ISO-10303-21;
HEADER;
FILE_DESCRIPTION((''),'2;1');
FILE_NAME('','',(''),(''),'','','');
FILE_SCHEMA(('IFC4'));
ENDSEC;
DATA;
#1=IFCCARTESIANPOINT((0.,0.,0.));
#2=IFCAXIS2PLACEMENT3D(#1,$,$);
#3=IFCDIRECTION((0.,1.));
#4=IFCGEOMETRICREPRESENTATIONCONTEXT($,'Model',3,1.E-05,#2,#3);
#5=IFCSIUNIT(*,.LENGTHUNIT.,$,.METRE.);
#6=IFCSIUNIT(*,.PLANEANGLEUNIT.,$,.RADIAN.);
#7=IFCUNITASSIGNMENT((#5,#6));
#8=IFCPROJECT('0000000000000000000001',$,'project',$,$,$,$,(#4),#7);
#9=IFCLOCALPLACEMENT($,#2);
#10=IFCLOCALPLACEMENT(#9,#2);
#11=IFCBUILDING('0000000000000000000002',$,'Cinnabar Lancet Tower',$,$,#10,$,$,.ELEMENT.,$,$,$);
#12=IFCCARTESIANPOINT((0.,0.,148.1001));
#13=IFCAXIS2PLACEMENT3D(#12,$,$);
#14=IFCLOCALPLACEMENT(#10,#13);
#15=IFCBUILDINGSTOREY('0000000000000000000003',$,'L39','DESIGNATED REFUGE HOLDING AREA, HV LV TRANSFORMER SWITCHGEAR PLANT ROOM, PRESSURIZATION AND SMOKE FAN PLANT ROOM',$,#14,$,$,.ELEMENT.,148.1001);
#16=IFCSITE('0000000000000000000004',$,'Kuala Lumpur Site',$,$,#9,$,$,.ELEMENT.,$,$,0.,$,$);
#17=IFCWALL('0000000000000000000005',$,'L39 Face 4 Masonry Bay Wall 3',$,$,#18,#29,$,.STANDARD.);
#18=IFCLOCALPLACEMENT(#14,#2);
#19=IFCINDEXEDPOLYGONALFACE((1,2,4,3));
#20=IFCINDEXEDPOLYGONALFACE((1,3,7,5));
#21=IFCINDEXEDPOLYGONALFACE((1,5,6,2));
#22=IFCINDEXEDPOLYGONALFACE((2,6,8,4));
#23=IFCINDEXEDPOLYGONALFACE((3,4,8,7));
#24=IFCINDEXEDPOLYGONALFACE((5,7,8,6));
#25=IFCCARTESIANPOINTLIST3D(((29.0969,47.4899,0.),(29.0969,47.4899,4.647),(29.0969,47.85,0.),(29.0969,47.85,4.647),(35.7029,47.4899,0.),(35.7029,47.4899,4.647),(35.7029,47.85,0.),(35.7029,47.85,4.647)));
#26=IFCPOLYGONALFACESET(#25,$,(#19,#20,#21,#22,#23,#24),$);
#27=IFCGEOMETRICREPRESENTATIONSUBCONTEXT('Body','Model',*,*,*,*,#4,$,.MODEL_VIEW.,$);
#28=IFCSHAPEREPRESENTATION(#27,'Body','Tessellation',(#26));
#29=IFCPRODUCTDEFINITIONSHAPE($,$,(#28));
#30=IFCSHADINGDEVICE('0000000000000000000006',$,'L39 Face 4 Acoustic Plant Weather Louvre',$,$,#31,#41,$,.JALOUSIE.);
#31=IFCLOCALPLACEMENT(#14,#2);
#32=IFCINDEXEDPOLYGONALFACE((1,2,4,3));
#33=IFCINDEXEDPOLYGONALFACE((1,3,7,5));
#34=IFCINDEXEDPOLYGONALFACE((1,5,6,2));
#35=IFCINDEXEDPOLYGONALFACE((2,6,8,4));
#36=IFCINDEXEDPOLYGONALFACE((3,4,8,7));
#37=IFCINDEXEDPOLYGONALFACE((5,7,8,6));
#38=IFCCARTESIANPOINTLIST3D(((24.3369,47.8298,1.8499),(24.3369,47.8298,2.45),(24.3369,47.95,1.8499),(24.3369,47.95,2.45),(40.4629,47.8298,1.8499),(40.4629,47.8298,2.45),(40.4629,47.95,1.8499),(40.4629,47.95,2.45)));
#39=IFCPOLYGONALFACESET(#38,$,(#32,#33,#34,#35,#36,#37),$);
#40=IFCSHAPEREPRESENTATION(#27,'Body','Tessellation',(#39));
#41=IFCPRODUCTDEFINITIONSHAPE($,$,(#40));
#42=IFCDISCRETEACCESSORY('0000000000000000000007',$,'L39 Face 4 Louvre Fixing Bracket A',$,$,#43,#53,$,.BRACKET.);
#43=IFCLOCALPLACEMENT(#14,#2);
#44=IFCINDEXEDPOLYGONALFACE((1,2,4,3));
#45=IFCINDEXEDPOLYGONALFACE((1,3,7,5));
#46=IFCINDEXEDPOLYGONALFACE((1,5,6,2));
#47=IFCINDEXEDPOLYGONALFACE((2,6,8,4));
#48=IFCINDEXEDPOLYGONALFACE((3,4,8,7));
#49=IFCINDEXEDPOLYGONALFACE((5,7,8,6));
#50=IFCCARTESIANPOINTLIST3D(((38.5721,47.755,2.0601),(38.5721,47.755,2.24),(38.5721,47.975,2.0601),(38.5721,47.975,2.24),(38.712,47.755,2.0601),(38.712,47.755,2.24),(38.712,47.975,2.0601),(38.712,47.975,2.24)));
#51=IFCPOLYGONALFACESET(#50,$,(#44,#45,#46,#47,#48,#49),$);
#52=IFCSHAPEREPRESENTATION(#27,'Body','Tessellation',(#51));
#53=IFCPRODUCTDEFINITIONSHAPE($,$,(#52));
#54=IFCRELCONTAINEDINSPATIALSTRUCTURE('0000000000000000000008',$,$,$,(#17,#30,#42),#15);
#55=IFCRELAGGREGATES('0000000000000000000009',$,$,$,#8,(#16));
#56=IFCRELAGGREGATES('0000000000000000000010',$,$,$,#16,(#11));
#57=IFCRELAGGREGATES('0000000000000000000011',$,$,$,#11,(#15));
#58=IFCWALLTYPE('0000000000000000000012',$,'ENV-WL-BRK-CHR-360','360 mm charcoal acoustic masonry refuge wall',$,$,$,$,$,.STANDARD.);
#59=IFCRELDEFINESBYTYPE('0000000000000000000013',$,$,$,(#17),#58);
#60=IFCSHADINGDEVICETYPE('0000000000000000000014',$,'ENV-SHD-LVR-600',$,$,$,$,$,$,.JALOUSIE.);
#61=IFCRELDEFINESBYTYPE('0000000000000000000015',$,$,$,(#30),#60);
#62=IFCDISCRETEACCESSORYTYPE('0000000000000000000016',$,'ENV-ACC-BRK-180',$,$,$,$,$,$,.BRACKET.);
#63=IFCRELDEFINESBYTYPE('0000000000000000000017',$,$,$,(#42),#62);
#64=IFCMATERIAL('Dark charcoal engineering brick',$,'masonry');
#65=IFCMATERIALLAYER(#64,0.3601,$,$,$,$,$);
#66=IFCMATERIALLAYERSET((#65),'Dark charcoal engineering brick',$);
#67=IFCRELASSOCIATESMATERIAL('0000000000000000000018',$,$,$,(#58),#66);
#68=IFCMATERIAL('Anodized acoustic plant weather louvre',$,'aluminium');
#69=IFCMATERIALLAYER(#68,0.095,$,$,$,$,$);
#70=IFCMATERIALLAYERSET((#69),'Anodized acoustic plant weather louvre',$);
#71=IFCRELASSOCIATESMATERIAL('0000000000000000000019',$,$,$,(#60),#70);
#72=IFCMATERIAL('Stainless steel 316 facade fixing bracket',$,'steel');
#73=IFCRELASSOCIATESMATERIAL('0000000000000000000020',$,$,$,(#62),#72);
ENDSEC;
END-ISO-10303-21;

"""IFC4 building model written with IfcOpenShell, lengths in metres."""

from ifc_helpers import new_model, si_unit, direction, frame, frame_2d, origin, origin_2d, place, context, subcontext, project, spatial, rectangle, extrude, material, layer, layer_set, type_object, element, save


model = new_model("IFC4")

# Units and contexts
model_context = context("Model", 3, precision=1e-05, world=origin(), true_north=direction((0.0, 1.0)))
body_context = subcontext(model_context, "Body", "Model", "MODEL_VIEW")
ifc_project = project(units=[si_unit("LENGTHUNIT", "METRE"), si_unit("PLANEANGLEUNIT", "RADIAN")], contexts=[model_context])

# Site, building, storey
site_placement = place(None, origin())
site = spatial("IfcSite", under=ifc_project, at=site_placement, Name="Kuala Lumpur Site", CompositionType="ELEMENT", RefElevation=0.0)
building_placement = place(site_placement, origin())
building = spatial("IfcBuilding", under=site, at=building_placement, Name="Cinnabar Lancet Tower", CompositionType="ELEMENT")
storey_placement = place(building_placement, frame((0.0, 0.0, 148.1001)))
storey = spatial("IfcBuildingStorey", under=building, at=storey_placement, Name="L39", Description="DESIGNATED REFUGE HOLDING AREA, HV LV TRANSFORMER SWITCHGEAR PLANT ROOM, PRESSURIZATION AND SMOKE FAN PLANT ROOM", CompositionType="ELEMENT", Elevation=148.1001)

# Wall
ifc_material_1 = material(Name="Dark charcoal engineering brick", Category="masonry")
ifc_layer_1 = layer(ifc_material_1, 0.3601)
ifc_layer_set_1 = layer_set([ifc_layer_1], Name="Dark charcoal engineering brick")
wall_type_1 = type_object("IfcWallType", Name="ENV-WL-BRK-CHR-360", Description="360 mm charcoal acoustic masonry refuge wall", PredefinedType="STANDARD", material=ifc_layer_set_1)
wall_1_placement = place(storey_placement, frame((35.7029, 47.6699, 0.0), z_axis=(0.0, 0.0, 1.0), x_axis=(-1.0, 0.0, 0.0)))
element("IfcWall", 1, at=wall_1_placement, inside=storey, type_object=wall_type_1, Name="L39 Face 4 Masonry Bay Wall 3", PredefinedType="STANDARD", context=body_context, shape_type="SweptSolid", body=[
    extrude(rectangle(XDim=6.606, YDim=0.3601, at=frame_2d((3.303, 0.0))), origin(), (0.0, 0.0, 1.0), 4.647),
])

# Shading device
ifc_material_2 = material(Name="Anodized acoustic plant weather louvre", Category="aluminium")
ifc_layer_2 = layer(ifc_material_2, 0.095)
ifc_layer_set_2 = layer_set([ifc_layer_2], Name="Anodized acoustic plant weather louvre")
shading_device_type = type_object("IfcShadingDeviceType", Name="ENV-SHD-LVR-600", PredefinedType="JALOUSIE", material=ifc_layer_set_2)
shading_device_placement = place(storey_placement, frame((32.3999, 47.8899, 1.8499), z_axis=(0.0, 0.0, 1.0), x_axis=(-1.0, 0.0, 0.0)))
element("IfcShadingDevice", 2, at=shading_device_placement, inside=storey, type_object=shading_device_type, Name="L39 Face 4 Acoustic Plant Weather Louvre", PredefinedType="JALOUSIE", context=body_context, shape_type="SweptSolid", body=[
    extrude(rectangle(XDim=16.126, YDim=0.1201, at=origin_2d()), origin(), (0.0, 0.0, 1.0), 0.6001),
])

# Discrete accessory
ifc_material_3 = material(Name="Stainless steel 316 facade fixing bracket", Category="steel")
discrete_accessory_type = type_object("IfcDiscreteAccessoryType", Name="ENV-ACC-BRK-180", PredefinedType="BRACKET", material=ifc_material_3)
discrete_accessory_placement = place(storey_placement, frame((38.6421, 47.865, 2.0601), z_axis=(0.0, 0.0, 1.0), x_axis=(-1.0, 0.0, 0.0)))
element("IfcDiscreteAccessory", 3, at=discrete_accessory_placement, inside=storey, type_object=discrete_accessory_type, Name="L39 Face 4 Louvre Fixing Bracket A", PredefinedType="BRACKET", context=body_context, shape_type="SweptSolid", body=[
    extrude(rectangle(XDim=0.1399, YDim=0.22, at=origin_2d()), origin(), (0.0, 0.0, 1.0), 0.1799),
])

save(model, "model.ifc")
